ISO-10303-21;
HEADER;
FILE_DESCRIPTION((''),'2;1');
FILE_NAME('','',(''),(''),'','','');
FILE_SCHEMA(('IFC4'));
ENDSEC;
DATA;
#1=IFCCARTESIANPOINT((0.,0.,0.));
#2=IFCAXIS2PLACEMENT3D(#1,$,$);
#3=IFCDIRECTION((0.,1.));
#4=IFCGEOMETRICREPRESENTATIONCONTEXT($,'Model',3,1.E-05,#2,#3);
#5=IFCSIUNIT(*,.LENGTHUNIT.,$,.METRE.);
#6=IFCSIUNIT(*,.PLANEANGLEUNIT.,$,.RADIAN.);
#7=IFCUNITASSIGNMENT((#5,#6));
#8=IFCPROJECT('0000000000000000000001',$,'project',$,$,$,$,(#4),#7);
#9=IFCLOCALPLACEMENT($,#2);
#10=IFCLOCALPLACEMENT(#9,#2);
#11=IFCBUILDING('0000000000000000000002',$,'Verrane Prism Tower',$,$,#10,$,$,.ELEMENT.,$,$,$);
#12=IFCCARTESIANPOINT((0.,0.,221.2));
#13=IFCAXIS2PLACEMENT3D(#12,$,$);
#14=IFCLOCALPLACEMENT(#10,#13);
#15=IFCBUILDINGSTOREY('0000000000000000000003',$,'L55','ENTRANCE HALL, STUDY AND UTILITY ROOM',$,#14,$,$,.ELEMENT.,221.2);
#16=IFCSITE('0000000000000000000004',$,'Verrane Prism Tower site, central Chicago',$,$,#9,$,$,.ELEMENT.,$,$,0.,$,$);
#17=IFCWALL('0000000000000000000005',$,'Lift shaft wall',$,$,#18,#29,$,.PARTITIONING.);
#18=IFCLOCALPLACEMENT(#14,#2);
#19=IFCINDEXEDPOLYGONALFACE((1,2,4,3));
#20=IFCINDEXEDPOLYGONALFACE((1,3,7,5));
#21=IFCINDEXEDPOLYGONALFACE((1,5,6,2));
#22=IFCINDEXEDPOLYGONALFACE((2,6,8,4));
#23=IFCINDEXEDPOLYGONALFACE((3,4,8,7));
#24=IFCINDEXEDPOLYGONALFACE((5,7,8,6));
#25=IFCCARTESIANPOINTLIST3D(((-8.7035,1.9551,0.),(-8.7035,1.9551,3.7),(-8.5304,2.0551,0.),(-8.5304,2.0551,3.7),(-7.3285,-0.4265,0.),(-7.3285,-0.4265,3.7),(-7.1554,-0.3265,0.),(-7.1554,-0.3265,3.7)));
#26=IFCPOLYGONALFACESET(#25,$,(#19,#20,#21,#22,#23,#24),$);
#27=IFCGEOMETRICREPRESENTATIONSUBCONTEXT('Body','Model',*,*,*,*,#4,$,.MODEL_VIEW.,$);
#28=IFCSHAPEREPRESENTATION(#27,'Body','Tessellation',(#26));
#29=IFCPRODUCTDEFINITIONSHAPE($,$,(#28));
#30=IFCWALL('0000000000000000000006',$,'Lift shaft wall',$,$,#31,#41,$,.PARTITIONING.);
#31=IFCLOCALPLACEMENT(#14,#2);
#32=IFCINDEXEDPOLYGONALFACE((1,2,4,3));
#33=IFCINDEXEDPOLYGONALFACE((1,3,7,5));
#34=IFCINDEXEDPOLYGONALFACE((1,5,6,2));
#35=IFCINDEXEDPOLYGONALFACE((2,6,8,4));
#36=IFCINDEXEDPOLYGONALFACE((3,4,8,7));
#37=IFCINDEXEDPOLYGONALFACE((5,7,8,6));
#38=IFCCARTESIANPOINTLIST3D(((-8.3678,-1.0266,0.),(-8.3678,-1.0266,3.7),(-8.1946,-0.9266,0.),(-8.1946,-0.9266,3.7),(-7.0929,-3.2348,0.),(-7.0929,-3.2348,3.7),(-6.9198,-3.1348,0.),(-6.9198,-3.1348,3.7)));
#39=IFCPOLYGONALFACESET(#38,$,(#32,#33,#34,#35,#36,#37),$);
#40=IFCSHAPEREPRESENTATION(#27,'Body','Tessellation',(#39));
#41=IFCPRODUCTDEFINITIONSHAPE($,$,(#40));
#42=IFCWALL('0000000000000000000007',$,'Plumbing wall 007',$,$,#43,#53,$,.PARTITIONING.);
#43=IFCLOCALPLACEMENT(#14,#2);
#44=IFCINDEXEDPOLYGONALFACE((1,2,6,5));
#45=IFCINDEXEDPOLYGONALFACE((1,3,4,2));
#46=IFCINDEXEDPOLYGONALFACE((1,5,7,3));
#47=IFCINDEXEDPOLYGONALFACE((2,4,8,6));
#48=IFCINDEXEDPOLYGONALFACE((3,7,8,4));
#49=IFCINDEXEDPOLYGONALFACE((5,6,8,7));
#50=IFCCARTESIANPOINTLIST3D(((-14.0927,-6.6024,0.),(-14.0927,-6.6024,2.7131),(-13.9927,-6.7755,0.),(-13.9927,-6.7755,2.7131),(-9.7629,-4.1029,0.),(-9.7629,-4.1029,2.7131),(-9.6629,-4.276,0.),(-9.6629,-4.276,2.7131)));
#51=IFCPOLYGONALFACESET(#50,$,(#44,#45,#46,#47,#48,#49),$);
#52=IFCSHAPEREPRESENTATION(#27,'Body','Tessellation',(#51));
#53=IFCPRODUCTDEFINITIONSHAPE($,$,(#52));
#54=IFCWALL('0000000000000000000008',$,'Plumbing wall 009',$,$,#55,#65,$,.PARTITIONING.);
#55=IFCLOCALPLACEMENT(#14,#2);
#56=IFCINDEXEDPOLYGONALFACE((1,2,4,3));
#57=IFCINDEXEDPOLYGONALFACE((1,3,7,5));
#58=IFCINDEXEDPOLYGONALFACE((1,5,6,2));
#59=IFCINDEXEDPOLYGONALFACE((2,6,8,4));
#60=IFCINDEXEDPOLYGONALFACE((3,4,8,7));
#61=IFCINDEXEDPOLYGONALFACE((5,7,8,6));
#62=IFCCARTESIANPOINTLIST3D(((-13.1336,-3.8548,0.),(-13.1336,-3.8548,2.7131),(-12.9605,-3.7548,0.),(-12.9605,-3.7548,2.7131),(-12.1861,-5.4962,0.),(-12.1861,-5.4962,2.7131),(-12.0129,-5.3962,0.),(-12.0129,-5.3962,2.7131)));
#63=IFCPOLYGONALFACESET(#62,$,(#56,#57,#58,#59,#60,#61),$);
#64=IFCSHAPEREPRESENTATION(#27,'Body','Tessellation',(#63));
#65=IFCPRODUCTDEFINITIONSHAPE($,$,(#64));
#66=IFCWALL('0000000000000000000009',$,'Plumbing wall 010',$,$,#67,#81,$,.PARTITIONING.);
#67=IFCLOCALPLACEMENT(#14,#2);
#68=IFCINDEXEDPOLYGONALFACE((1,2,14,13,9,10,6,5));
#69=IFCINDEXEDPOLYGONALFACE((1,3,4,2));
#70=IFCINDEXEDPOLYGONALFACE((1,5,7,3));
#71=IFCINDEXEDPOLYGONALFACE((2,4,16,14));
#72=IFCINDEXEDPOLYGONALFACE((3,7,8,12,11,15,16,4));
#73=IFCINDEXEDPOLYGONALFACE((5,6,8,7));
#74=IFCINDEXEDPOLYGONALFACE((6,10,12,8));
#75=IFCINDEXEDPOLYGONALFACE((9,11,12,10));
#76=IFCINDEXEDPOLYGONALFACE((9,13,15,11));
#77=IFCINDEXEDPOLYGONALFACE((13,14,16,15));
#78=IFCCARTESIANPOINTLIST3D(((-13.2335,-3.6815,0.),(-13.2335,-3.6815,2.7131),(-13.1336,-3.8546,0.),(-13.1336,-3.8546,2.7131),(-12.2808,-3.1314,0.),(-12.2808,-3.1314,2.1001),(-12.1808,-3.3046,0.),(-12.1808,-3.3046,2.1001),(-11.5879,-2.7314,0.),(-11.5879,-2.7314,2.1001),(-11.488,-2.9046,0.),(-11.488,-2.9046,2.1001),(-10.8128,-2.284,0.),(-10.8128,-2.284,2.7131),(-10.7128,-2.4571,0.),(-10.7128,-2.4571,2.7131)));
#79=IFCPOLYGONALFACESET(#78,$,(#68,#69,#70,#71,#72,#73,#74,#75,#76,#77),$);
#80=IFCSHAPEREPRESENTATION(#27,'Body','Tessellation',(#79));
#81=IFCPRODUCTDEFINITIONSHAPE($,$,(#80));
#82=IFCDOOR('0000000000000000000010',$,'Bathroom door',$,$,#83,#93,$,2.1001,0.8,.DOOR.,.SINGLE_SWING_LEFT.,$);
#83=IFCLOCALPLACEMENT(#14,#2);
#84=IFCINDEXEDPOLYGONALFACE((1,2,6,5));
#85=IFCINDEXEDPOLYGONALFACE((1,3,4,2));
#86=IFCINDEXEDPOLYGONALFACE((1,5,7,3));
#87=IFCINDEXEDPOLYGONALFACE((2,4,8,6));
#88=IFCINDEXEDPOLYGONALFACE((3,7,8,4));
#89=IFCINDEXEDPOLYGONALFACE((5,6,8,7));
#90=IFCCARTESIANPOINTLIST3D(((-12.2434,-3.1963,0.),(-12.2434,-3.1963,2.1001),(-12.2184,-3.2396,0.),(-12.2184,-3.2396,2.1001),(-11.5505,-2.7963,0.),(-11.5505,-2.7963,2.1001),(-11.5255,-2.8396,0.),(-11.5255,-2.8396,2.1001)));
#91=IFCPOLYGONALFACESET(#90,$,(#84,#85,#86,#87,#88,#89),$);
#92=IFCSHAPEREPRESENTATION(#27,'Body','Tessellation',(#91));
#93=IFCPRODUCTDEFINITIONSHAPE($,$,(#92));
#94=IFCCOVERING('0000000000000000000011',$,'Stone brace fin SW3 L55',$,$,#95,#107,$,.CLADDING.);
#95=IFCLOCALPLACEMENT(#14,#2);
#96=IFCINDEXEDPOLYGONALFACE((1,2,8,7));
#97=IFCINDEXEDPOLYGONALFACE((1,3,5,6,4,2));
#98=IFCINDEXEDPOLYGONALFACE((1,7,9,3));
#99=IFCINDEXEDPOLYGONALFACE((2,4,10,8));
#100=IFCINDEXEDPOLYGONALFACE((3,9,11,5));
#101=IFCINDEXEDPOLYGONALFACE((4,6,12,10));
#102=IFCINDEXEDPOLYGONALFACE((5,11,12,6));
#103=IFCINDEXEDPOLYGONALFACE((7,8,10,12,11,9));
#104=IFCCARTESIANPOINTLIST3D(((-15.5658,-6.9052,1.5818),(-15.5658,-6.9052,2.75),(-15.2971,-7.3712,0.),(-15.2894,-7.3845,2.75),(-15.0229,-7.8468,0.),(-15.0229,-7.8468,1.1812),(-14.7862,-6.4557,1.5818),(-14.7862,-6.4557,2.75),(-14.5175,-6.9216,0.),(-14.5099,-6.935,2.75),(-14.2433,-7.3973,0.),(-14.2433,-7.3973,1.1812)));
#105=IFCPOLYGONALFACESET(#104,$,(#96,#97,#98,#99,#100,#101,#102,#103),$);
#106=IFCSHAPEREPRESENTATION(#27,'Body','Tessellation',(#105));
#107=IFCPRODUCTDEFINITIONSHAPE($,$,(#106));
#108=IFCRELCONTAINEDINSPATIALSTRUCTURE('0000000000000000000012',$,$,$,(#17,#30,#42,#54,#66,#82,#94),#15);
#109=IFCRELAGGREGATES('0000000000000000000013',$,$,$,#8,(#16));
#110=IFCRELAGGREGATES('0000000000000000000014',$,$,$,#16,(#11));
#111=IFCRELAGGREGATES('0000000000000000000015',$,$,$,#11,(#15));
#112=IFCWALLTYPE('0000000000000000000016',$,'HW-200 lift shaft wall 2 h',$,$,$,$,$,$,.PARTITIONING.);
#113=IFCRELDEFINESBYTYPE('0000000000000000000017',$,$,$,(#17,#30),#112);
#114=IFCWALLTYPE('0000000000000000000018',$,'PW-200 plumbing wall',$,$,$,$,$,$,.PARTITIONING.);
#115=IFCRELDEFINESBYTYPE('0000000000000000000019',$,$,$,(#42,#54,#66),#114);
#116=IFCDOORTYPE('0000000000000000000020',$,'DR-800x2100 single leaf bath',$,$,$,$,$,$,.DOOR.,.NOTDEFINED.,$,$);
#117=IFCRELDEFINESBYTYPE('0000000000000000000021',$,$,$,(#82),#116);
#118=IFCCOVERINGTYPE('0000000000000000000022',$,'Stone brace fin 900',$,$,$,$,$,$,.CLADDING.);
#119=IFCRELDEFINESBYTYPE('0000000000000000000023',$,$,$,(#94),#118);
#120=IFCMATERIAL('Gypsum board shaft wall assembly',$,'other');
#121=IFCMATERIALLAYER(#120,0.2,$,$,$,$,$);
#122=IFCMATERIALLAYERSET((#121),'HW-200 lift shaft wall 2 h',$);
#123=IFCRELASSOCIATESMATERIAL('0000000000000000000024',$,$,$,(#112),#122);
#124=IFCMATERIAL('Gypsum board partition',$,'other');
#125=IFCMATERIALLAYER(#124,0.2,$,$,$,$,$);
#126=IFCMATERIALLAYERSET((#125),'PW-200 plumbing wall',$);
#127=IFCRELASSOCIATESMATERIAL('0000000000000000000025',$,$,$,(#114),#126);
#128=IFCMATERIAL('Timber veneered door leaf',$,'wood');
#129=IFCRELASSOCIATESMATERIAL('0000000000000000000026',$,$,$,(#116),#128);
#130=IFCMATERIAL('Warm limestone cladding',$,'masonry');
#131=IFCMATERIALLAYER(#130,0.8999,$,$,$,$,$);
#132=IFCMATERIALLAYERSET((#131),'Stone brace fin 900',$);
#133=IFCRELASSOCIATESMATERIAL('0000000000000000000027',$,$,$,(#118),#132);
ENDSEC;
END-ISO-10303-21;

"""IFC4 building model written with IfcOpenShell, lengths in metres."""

from ifc_helpers import new_model, si_unit, direction, frame, frame_2d, origin, place, context, subcontext, project, spatial, polyline, rectangle, outline, extrude, material, layer, layer_set, type_object, element, fill, save


model = new_model("IFC4")

# Units and contexts
model_context = context("Model", 3, precision=1e-05, world=origin(), true_north=direction((0.0, 1.0)))
body_context = subcontext(model_context, "Body", "Model", "MODEL_VIEW")
ifc_project = project(units=[si_unit("LENGTHUNIT", "METRE"), si_unit("PLANEANGLEUNIT", "RADIAN")], contexts=[model_context])

# Site, building, storey
site_placement = place(None, origin())
site = spatial("IfcSite", under=ifc_project, at=site_placement, Name="Verrane Prism Tower site, central Chicago", CompositionType="ELEMENT", RefElevation=0.0)
building_placement = place(site_placement, origin())
building = spatial("IfcBuilding", under=site, at=building_placement, Name="Verrane Prism Tower", CompositionType="ELEMENT")
storey_placement = place(building_placement, frame((0.0, 0.0, 221.2)))
storey = spatial("IfcBuildingStorey", under=building, at=storey_placement, Name="L55", Description="ENTRANCE HALL, STUDY AND UTILITY ROOM", CompositionType="ELEMENT", Elevation=221.2)

# Walls
ifc_material_1 = material(Name="Gypsum board shaft wall assembly", Category="other")
ifc_layer_1 = layer(ifc_material_1, 0.2)
ifc_layer_set_1 = layer_set([ifc_layer_1], Name="HW-200 lift shaft wall 2 h")
wall_type_1 = type_object("IfcWallType", Name="HW-200 lift shaft wall 2 h", PredefinedType="PARTITIONING", material=ifc_layer_set_1)
wall_1_placement = place(storey_placement, frame((-7.2419, -0.3765, 0.0), z_axis=(0.0, 0.0, 1.0), x_axis=(-0.499997, 0.866027, 0.0)))
element("IfcWall", 1, at=wall_1_placement, inside=storey, type_object=wall_type_1, Name="Lift shaft wall", PredefinedType="PARTITIONING", context=body_context, shape_type="SweptSolid", body=[
    extrude(rectangle(XDim=2.75, YDim=0.2, at=frame_2d((1.375, 0.0))), origin(), (0.0, 0.0, 1.0), 3.7),
])
wall_2_placement = place(storey_placement, frame((-7.0063, -3.1848, 0.0), z_axis=(0.0, 0.0, 1.0), x_axis=(-0.49999, 0.866031, 0.0)))
element("IfcWall", 2, at=wall_2_placement, inside=storey, type_object=wall_type_1, Name="Lift shaft wall", PredefinedType="PARTITIONING", context=body_context, shape_type="SweptSolid", body=[
    extrude(rectangle(XDim=2.5498, YDim=0.2, at=frame_2d((1.2749, 0.0))), origin(), (0.0, 0.0, 1.0), 3.7),
])
ifc_material_2 = material(Name="Gypsum board partition", Category="other")
ifc_layer_2 = layer(ifc_material_2, 0.2)
ifc_layer_set_2 = layer_set([ifc_layer_2], Name="PW-200 plumbing wall")
wall_type_2 = type_object("IfcWallType", Name="PW-200 plumbing wall", PredefinedType="PARTITIONING", material=ifc_layer_set_2)
wall_3_placement = place(storey_placement, frame((-14.0427, -6.689, 0.0), z_axis=(0.0, 0.0, 1.0), x_axis=(0.866053, 0.499952, 0.0)))
element("IfcWall", 3, at=wall_3_placement, inside=storey, type_object=wall_type_2, Name="Plumbing wall 007", PredefinedType="PARTITIONING", context=body_context, shape_type="SweptSolid", body=[
    extrude(rectangle(XDim=4.9995, YDim=0.2, at=frame_2d((2.4998, 0.0))), origin(), (0.0, 0.0, 1.0), 2.7131),
])
wall_4_placement = place(storey_placement, frame((-13.0471, -3.8047, 0.0), z_axis=(0.0, 0.0, 1.0), x_axis=(0.499949, -0.866055, 0.0)))
element("IfcWall", 4, at=wall_4_placement, inside=storey, type_object=wall_type_2, Name="Plumbing wall 009", PredefinedType="PARTITIONING", context=body_context, shape_type="SweptSolid", body=[
    extrude(rectangle(XDim=1.8953, YDim=0.2, at=frame_2d((0.9478, 0.0))), origin(), (0.0, 0.0, 1.0), 2.7131),
])

# Wall, opening, door
wall_5_placement = place(storey_placement, frame((-10.7629, -2.3706, 0.0), z_axis=(0.0, 0.0, 1.0), x_axis=(-0.866042, -0.499972, 0.0)))
wall_5 = element("IfcWall", 5, at=wall_5_placement, inside=storey, type_object=wall_type_2, Name="Plumbing wall 010", PredefinedType="PARTITIONING", context=body_context, shape_type="SweptSolid", body=[
    extrude(rectangle(XDim=2.7952, YDim=0.2, at=frame_2d((1.3975, 0.0))), origin(), (0.0, 0.0, 1.0), 2.7131),
])
opening_placement = place(wall_5_placement, frame((0.895, 0.0, 0.0)))
opening = element("IfcOpeningElement", 6, at=opening_placement, cuts=wall_5, PredefinedType="OPENING", context=body_context, shape_type="SweptSolid", body=[
    extrude(rectangle(XDim=0.8, YDim=2.1001, at=frame_2d((0.3999, 1.05))), frame((0.0, 0.1099, 0.0), z_axis=(0.0, -1.0, 0.0), x_axis=(1.0, 0.0, 0.0)), (0.0, 0.0, 1.0), 0.22),
])
ifc_material_3 = material(Name="Timber veneered door leaf", Category="wood")
door_type = type_object("IfcDoorType", Name="DR-800x2100 single leaf bath", OperationType="NOTDEFINED", PredefinedType="DOOR", material=ifc_material_3)
door_placement = place(opening_placement, origin())
door = element("IfcDoor", 7, at=door_placement, inside=storey, type_object=door_type, Name="Bathroom door", OperationType="SINGLE_SWING_LEFT", OverallHeight=2.1001, OverallWidth=0.8, PredefinedType="DOOR", context=body_context, shape_type="SweptSolid", body=[
    extrude(rectangle(XDim=0.8, YDim=2.1001, at=frame_2d((0.3999, 1.05))), frame((0.0, 0.0249, 0.0), z_axis=(0.0, -1.0, 0.0), x_axis=(1.0, 0.0, 0.0)), (0.0, 0.0, 1.0), 0.05),
])
fill(opening, door)

# Covering
ifc_material_4 = material(Name="Warm limestone cladding", Category="masonry")
ifc_layer_3 = layer(ifc_material_4, 0.8999)
ifc_layer_set_3 = layer_set([ifc_layer_3], Name="Stone brace fin 900")
covering_type = type_object("IfcCoveringType", Name="Stone brace fin 900", PredefinedType="CLADDING", material=ifc_layer_set_3)
covering_placement = place(storey_placement, frame((-14.6331, -7.6221, 0.0), z_axis=(0.0, 0.0, 1.0), x_axis=(-0.499522, 0.866301, 0.0)))
element("IfcCovering", 8, at=covering_placement, inside=storey, type_object=covering_type, Name="Stone brace fin SW3 L55", PredefinedType="CLADDING", context=body_context, shape_type="SweptSolid", body=[
    extrude(outline(polyline([(1.0869, 2.75), (0.5337, 2.75), (0.0, 1.1812), (0.0, 0.0), (0.5491, 0.0), (1.0869, 1.5818), (1.0869, 2.75)])), frame((0.0, 0.45, 0.0), z_axis=(0.0, -1.0, 0.0), x_axis=(1.0, 0.0, 0.0)), (0.0, 0.0, 1.0), 0.8999),
])

save(model, "model.ifc")
